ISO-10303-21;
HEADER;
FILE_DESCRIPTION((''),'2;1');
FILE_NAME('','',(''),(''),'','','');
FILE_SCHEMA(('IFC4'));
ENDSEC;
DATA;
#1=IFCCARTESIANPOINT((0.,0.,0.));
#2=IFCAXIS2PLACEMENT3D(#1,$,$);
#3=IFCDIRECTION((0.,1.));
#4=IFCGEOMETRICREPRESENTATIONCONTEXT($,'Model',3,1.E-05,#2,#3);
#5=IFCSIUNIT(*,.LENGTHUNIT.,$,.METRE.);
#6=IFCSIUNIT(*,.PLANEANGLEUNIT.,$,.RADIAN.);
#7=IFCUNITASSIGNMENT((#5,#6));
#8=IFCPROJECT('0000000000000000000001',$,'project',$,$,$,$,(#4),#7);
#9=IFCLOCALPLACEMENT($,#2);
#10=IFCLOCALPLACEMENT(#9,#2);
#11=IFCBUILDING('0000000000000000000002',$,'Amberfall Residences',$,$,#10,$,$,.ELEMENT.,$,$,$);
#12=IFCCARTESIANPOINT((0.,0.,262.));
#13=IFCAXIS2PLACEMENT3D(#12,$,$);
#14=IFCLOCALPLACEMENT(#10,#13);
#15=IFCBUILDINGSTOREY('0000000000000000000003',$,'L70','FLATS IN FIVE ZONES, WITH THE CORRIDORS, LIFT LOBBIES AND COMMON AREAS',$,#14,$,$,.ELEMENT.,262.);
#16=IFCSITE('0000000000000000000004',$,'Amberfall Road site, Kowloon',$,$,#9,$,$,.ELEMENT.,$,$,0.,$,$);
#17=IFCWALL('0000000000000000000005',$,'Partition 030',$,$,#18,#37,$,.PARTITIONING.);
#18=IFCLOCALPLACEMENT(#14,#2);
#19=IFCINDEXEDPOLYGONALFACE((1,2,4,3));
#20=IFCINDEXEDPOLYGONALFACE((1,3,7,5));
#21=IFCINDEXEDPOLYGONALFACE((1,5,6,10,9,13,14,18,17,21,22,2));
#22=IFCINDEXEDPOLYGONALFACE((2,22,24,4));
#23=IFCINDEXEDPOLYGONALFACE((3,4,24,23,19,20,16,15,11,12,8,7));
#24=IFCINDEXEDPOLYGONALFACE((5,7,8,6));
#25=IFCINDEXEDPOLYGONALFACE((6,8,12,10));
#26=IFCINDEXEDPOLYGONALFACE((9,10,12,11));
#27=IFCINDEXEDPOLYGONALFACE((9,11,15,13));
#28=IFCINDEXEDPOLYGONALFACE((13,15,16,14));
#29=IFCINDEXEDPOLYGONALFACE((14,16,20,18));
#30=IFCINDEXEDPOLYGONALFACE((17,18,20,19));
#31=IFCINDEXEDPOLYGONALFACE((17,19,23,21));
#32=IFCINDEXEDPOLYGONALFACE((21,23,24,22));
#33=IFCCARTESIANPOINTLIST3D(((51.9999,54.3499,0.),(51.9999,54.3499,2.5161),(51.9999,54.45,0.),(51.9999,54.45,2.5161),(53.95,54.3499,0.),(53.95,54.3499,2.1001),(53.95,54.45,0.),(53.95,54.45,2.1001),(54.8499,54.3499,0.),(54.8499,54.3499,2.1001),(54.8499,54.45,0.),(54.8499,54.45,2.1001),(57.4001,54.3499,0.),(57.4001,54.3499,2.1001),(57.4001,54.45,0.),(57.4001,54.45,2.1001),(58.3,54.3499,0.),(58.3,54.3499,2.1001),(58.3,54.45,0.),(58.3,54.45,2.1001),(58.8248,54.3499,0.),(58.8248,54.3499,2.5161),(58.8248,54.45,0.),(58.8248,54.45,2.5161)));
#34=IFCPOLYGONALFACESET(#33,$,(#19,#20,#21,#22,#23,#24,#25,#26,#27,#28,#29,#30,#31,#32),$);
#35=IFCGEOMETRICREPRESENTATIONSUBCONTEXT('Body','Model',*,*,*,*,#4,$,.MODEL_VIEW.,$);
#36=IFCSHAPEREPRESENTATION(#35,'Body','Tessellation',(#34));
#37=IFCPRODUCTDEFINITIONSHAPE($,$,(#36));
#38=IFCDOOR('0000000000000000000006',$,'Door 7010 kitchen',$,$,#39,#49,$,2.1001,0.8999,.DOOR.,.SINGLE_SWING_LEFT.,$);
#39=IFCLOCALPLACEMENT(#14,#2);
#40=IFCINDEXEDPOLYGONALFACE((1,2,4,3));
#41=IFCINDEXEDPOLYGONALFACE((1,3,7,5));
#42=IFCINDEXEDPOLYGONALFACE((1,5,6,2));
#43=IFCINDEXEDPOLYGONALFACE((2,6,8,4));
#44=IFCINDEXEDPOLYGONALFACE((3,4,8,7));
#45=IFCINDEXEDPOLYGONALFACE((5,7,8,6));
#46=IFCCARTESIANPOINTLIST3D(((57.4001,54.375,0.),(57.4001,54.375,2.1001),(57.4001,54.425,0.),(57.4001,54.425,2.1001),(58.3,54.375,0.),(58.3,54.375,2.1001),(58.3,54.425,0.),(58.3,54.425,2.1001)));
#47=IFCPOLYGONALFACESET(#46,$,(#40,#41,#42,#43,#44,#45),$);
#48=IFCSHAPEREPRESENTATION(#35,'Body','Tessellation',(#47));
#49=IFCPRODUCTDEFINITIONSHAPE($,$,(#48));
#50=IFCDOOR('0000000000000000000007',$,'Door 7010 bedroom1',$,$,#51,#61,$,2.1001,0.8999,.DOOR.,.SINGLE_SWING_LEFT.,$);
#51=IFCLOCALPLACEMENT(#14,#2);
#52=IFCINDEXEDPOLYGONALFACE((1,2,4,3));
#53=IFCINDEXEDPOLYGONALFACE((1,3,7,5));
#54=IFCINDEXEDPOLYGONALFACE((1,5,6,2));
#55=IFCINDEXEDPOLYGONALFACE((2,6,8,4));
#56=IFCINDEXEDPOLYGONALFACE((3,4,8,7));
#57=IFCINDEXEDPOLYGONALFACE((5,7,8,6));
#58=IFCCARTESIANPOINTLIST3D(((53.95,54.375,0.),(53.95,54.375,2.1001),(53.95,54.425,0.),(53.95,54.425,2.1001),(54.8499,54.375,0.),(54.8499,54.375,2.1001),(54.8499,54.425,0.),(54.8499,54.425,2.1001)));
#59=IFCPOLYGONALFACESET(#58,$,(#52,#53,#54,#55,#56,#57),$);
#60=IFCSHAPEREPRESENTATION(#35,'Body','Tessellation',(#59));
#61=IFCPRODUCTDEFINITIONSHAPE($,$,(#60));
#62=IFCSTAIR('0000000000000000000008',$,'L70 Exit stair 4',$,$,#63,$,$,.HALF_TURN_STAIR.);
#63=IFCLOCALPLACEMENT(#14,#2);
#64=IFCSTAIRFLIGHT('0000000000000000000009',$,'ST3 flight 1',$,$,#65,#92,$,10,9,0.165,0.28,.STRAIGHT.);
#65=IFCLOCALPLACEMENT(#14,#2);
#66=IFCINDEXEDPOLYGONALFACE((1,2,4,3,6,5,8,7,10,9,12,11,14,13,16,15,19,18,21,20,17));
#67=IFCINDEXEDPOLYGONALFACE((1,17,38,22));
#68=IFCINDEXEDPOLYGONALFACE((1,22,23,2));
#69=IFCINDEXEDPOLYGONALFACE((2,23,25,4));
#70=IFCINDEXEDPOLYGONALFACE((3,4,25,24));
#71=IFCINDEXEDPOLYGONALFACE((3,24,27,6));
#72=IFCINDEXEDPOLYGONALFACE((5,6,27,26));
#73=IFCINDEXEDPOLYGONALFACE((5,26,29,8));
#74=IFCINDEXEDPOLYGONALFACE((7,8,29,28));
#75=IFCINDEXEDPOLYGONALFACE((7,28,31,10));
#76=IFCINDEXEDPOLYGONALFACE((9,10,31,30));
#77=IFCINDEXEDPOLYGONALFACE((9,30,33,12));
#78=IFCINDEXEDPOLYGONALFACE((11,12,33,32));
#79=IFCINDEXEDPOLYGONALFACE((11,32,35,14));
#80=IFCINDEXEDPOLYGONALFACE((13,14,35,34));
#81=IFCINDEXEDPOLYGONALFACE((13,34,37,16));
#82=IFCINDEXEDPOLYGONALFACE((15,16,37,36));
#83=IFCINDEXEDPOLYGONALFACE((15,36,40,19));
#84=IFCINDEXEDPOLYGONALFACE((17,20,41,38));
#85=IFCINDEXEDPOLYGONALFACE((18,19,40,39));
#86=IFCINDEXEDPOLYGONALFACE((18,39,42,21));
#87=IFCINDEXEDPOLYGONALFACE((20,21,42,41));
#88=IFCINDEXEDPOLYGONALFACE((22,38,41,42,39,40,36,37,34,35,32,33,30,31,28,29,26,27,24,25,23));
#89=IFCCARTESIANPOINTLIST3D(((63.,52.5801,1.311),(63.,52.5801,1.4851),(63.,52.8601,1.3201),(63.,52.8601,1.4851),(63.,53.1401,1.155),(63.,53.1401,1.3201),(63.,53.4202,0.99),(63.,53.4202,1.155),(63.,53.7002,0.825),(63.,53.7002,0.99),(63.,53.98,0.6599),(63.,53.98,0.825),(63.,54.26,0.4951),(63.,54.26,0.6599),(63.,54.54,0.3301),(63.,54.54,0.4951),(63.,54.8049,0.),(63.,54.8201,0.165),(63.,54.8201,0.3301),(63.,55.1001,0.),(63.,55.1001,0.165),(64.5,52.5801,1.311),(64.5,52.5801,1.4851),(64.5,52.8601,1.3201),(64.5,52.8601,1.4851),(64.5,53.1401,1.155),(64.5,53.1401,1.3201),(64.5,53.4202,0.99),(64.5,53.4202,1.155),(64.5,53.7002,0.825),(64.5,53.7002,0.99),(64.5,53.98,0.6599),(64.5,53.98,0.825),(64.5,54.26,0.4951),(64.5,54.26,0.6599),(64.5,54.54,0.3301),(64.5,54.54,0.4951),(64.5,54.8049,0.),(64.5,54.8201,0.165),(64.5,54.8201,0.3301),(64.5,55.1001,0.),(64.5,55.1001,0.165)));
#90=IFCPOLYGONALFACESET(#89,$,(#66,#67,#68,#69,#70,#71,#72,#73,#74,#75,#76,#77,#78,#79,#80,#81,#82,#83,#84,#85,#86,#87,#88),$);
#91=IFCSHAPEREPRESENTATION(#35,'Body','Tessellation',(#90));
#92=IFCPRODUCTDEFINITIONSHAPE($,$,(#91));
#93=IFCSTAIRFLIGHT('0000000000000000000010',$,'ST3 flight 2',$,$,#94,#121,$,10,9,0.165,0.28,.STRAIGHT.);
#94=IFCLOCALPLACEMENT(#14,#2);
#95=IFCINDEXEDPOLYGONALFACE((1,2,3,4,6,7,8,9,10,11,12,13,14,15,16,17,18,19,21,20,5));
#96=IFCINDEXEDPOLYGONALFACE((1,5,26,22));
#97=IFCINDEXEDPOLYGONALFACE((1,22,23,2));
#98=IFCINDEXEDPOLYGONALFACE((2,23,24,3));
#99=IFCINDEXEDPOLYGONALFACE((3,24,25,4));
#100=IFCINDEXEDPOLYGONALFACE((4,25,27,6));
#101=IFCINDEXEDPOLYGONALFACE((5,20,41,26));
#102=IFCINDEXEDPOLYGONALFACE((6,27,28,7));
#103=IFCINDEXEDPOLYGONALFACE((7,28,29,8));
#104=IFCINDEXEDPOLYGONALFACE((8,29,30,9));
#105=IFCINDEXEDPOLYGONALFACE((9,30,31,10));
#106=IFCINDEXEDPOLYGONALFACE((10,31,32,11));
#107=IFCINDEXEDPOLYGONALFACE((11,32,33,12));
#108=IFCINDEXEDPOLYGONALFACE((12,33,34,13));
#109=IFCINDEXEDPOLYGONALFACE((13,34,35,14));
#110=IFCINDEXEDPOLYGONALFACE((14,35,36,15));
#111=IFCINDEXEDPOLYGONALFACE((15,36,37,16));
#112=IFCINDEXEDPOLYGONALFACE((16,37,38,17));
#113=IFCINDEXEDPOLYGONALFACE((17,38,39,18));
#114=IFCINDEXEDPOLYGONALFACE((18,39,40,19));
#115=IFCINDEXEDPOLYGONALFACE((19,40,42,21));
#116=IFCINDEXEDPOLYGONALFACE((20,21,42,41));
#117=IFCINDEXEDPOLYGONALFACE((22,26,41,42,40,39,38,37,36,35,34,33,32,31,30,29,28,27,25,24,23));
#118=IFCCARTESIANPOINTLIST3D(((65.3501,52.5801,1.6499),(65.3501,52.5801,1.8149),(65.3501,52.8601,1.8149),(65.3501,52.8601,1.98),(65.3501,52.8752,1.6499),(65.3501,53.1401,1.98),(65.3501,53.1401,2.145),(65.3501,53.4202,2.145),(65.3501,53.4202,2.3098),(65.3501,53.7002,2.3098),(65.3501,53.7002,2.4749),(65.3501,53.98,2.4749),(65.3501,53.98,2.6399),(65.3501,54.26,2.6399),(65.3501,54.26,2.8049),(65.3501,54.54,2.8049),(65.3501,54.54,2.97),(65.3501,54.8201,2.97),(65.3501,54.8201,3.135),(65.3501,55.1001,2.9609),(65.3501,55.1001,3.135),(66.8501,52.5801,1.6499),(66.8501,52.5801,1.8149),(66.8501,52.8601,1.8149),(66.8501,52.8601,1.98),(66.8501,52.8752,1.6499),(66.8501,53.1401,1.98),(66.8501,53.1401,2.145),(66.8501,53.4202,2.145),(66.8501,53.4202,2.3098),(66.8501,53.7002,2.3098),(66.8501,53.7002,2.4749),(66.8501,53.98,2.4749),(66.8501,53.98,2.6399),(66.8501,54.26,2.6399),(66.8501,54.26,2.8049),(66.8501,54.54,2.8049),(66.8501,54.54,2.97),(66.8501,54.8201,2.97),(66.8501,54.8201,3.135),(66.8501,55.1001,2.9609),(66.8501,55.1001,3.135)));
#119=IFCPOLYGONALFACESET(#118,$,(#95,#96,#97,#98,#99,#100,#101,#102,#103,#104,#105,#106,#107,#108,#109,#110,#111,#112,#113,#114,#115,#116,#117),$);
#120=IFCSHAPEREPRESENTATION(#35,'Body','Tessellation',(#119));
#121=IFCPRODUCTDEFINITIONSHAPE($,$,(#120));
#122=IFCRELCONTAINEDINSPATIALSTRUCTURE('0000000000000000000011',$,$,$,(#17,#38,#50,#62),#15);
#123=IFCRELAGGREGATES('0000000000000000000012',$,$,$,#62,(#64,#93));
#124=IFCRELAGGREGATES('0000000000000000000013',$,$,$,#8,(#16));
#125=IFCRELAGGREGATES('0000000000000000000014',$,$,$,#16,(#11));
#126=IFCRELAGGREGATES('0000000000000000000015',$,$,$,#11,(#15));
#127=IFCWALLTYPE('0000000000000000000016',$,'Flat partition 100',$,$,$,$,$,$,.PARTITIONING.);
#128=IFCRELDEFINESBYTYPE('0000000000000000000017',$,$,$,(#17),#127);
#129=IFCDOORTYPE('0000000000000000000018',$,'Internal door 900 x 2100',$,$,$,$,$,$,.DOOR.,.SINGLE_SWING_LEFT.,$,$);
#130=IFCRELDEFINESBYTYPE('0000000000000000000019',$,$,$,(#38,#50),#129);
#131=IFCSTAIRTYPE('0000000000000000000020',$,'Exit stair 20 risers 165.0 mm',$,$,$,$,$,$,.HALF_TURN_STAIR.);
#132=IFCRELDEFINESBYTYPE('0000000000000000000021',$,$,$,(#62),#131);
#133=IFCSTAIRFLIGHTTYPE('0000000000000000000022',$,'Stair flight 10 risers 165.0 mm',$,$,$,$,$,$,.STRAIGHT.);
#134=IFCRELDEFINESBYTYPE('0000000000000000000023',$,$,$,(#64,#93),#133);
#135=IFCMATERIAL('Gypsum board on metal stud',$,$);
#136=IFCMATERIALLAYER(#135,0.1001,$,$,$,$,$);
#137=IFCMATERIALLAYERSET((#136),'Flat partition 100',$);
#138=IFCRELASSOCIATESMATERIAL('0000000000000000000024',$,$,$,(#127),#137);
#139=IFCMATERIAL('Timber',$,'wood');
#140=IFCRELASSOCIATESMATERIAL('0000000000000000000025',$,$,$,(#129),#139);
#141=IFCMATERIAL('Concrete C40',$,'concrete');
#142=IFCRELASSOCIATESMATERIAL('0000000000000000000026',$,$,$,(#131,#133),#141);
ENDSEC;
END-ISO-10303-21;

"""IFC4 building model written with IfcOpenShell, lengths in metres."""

from ifc_helpers import new_model, si_unit, direction, frame, frame_2d, origin, place, context, subcontext, project, spatial, polyline, rectangle, outline, extrude, material, layer, layer_set, type_object, element, fill, aggregate, save


model = new_model("IFC4")

# Units and contexts
model_context = context("Model", 3, precision=1e-05, world=origin(), true_north=direction((0.0, 1.0)))
body_context = subcontext(model_context, "Body", "Model", "MODEL_VIEW")
ifc_project = project(units=[si_unit("LENGTHUNIT", "METRE"), si_unit("PLANEANGLEUNIT", "RADIAN")], contexts=[model_context])

# Site, building, storey
site_placement = place(None, origin())
site = spatial("IfcSite", under=ifc_project, at=site_placement, Name="Amberfall Road site, Kowloon", CompositionType="ELEMENT", RefElevation=0.0)
building_placement = place(site_placement, origin())
building = spatial("IfcBuilding", under=site, at=building_placement, Name="Amberfall Residences", CompositionType="ELEMENT")
storey_placement = place(building_placement, frame((0.0, 0.0, 262.0)))
storey = spatial("IfcBuildingStorey", under=building, at=storey_placement, Name="L70", Description="FLATS IN FIVE ZONES, WITH THE CORRIDORS, LIFT LOBBIES AND COMMON AREAS", CompositionType="ELEMENT", Elevation=262.0)

# Wall, openings, doors
ifc_material_1 = material(Name="Gypsum board on metal stud")
ifc_layer = layer(ifc_material_1, 0.1001)
ifc_layer_set = layer_set([ifc_layer], Name="Flat partition 100")
wall_type = type_object("IfcWallType", Name="Flat partition 100", PredefinedType="PARTITIONING", material=ifc_layer_set)
wall_placement = place(storey_placement, frame((58.825, 54.3999, 0.0), z_axis=(0.0, 0.0, 1.0), x_axis=(-1.0, 0.0, 0.0)))
wall = element("IfcWall", 1, at=wall_placement, inside=storey, type_object=wall_type, Name="Partition 030", PredefinedType="PARTITIONING", context=body_context, shape_type="SweptSolid", body=[
    extrude(rectangle(XDim=6.825, YDim=0.1001, at=frame_2d((3.4126, 0.0))), origin(), (0.0, 0.0, 1.0), 2.5161),
])
opening_1_placement = place(wall_placement, frame((0.5249, 0.0, 0.0)))
opening_1 = element("IfcOpeningElement", 2, at=opening_1_placement, cuts=wall, PredefinedType="OPENING", context=body_context, shape_type="SweptSolid", body=[
    extrude(rectangle(XDim=0.8999, YDim=2.1001, at=frame_2d((0.45, 1.05))), frame((0.0, 0.0601, 0.0), z_axis=(0.0, -1.0, 0.0), x_axis=(1.0, 0.0, 0.0)), (0.0, 0.0, 1.0), 0.1201),
])
opening_2_placement = place(wall_placement, frame((3.9751, 0.0, 0.0)))
opening_2 = element("IfcOpeningElement", 3, at=opening_2_placement, cuts=wall, PredefinedType="OPENING", context=body_context, shape_type="SweptSolid", body=[
    extrude(rectangle(XDim=0.8999, YDim=2.1001, at=frame_2d((0.45, 1.05))), frame((0.0, 0.0601, 0.0), z_axis=(0.0, -1.0, 0.0), x_axis=(1.0, 0.0, 0.0)), (0.0, 0.0, 1.0), 0.1201),
])
ifc_material_2 = material(Name="Timber", Category="wood")
door_type = type_object("IfcDoorType", Name="Internal door 900 x 2100", OperationType="SINGLE_SWING_LEFT", PredefinedType="DOOR", material=ifc_material_2)
door_1_placement = place(opening_1_placement, origin())
door_1 = element("IfcDoor", 4, at=door_1_placement, inside=storey, type_object=door_type, Name="Door 7010 kitchen", OperationType="SINGLE_SWING_LEFT", OverallHeight=2.1001, OverallWidth=0.8999, PredefinedType="DOOR", context=body_context, shape_type="SweptSolid", body=[
    extrude(rectangle(XDim=0.8999, YDim=2.1001, at=frame_2d((0.45, 1.05))), frame((0.0, 0.0249, 0.0), z_axis=(0.0, -1.0, 0.0), x_axis=(1.0, 0.0, 0.0)), (0.0, 0.0, 1.0), 0.05),
])
fill(opening_1, door_1)
door_2_placement = place(opening_2_placement, origin())
door_2 = element("IfcDoor", 5, at=door_2_placement, inside=storey, type_object=door_type, Name="Door 7010 bedroom1", OperationType="SINGLE_SWING_LEFT", OverallHeight=2.1001, OverallWidth=0.8999, PredefinedType="DOOR", context=body_context, shape_type="SweptSolid", body=[
    extrude(rectangle(XDim=0.8999, YDim=2.1001, at=frame_2d((0.45, 1.05))), frame((0.0, 0.0249, 0.0), z_axis=(0.0, -1.0, 0.0), x_axis=(1.0, 0.0, 0.0)), (0.0, 0.0, 1.0), 0.05),
])
fill(opening_2, door_2)

# Stair, stair flights
ifc_material_3 = material(Name="Concrete C40", Category="concrete")
stair_type = type_object("IfcStairType", Name="Exit stair 20 risers 165.0 mm", PredefinedType="HALF_TURN_STAIR", material=ifc_material_3)
stair_placement = place(storey_placement, origin())
stair = element("IfcStair", 6, at=stair_placement, inside=storey, type_object=stair_type, Name="L70 Exit stair 4", PredefinedType="HALF_TURN_STAIR")
stair_flight_type = type_object("IfcStairFlightType", Name="Stair flight 10 risers 165.0 mm", PredefinedType="STRAIGHT", material=ifc_material_3)
stair_flight_1_placement = place(storey_placement, frame((63.75, 55.1001, 0.0), z_axis=(0.0, 0.0, 1.0), x_axis=(0.0, -1.0, 0.0)))
stair_flight_1 = element("IfcStairFlight", 7, at=stair_flight_1_placement, type_object=stair_flight_type, Name="ST3 flight 1", NumberOfRisers=10, NumberOfTreads=9, PredefinedType="STRAIGHT", RiserHeight=0.165, TreadLength=0.28, context=body_context, shape_type="SweptSolid", body=[
    extrude(outline(polyline([(0.0, 0.0), (0.0, 0.165), (0.28, 0.165), (0.28, 0.3301), (0.5601, 0.3301), (0.5601, 0.4951), (0.8401, 0.4951), (0.8401, 0.6599), (1.1201, 0.6599), (1.1201, 0.825), (1.3999, 0.825), (1.3999, 0.99), (1.6799, 0.99), (1.6799, 1.155), (1.96, 1.155), (1.96, 1.3201), (2.24, 1.3201), (2.24, 1.4851), (2.52, 1.4851), (2.52, 1.6499), (2.52, 1.311), (0.2952, 0.0), (0.0, 0.0)])), frame((0.0, 0.75, 0.0), z_axis=(0.0, -1.0, 0.0), x_axis=(1.0, 0.0, 0.0)), (0.0, 0.0, 1.0), 1.5),
])
stair_flight_2_placement = place(storey_placement, frame((66.1001, 52.5801, 1.6499), z_axis=(0.0, 0.0, 1.0), x_axis=(0.0, 1.0, 0.0)))
stair_flight_2 = element("IfcStairFlight", 8, at=stair_flight_2_placement, type_object=stair_flight_type, Name="ST3 flight 2", NumberOfRisers=10, NumberOfTreads=9, PredefinedType="STRAIGHT", RiserHeight=0.165, TreadLength=0.28, context=body_context, shape_type="SweptSolid", body=[
    extrude(outline(polyline([(0.0, 0.0), (0.0, 0.165), (0.28, 0.165), (0.28, 0.3301), (0.5601, 0.3301), (0.5601, 0.4951), (0.8401, 0.4951), (0.8401, 0.6599), (1.1201, 0.6599), (1.1201, 0.825), (1.3999, 0.825), (1.3999, 0.99), (1.6799, 0.99), (1.6799, 1.155), (1.96, 1.155), (1.96, 1.3201), (2.24, 1.3201), (2.24, 1.4851), (2.52, 1.4851), (2.52, 1.6499), (2.52, 1.311), (0.2952, 0.0), (0.0, 0.0)])), frame((0.0, 0.75, 0.0), z_axis=(0.0, -1.0, 0.0), x_axis=(1.0, 0.0, 0.0)), (0.0, 0.0, 1.0), 1.5),
])
aggregate(stair, [stair_flight_1, stair_flight_2])

save(model, "model.ifc")
